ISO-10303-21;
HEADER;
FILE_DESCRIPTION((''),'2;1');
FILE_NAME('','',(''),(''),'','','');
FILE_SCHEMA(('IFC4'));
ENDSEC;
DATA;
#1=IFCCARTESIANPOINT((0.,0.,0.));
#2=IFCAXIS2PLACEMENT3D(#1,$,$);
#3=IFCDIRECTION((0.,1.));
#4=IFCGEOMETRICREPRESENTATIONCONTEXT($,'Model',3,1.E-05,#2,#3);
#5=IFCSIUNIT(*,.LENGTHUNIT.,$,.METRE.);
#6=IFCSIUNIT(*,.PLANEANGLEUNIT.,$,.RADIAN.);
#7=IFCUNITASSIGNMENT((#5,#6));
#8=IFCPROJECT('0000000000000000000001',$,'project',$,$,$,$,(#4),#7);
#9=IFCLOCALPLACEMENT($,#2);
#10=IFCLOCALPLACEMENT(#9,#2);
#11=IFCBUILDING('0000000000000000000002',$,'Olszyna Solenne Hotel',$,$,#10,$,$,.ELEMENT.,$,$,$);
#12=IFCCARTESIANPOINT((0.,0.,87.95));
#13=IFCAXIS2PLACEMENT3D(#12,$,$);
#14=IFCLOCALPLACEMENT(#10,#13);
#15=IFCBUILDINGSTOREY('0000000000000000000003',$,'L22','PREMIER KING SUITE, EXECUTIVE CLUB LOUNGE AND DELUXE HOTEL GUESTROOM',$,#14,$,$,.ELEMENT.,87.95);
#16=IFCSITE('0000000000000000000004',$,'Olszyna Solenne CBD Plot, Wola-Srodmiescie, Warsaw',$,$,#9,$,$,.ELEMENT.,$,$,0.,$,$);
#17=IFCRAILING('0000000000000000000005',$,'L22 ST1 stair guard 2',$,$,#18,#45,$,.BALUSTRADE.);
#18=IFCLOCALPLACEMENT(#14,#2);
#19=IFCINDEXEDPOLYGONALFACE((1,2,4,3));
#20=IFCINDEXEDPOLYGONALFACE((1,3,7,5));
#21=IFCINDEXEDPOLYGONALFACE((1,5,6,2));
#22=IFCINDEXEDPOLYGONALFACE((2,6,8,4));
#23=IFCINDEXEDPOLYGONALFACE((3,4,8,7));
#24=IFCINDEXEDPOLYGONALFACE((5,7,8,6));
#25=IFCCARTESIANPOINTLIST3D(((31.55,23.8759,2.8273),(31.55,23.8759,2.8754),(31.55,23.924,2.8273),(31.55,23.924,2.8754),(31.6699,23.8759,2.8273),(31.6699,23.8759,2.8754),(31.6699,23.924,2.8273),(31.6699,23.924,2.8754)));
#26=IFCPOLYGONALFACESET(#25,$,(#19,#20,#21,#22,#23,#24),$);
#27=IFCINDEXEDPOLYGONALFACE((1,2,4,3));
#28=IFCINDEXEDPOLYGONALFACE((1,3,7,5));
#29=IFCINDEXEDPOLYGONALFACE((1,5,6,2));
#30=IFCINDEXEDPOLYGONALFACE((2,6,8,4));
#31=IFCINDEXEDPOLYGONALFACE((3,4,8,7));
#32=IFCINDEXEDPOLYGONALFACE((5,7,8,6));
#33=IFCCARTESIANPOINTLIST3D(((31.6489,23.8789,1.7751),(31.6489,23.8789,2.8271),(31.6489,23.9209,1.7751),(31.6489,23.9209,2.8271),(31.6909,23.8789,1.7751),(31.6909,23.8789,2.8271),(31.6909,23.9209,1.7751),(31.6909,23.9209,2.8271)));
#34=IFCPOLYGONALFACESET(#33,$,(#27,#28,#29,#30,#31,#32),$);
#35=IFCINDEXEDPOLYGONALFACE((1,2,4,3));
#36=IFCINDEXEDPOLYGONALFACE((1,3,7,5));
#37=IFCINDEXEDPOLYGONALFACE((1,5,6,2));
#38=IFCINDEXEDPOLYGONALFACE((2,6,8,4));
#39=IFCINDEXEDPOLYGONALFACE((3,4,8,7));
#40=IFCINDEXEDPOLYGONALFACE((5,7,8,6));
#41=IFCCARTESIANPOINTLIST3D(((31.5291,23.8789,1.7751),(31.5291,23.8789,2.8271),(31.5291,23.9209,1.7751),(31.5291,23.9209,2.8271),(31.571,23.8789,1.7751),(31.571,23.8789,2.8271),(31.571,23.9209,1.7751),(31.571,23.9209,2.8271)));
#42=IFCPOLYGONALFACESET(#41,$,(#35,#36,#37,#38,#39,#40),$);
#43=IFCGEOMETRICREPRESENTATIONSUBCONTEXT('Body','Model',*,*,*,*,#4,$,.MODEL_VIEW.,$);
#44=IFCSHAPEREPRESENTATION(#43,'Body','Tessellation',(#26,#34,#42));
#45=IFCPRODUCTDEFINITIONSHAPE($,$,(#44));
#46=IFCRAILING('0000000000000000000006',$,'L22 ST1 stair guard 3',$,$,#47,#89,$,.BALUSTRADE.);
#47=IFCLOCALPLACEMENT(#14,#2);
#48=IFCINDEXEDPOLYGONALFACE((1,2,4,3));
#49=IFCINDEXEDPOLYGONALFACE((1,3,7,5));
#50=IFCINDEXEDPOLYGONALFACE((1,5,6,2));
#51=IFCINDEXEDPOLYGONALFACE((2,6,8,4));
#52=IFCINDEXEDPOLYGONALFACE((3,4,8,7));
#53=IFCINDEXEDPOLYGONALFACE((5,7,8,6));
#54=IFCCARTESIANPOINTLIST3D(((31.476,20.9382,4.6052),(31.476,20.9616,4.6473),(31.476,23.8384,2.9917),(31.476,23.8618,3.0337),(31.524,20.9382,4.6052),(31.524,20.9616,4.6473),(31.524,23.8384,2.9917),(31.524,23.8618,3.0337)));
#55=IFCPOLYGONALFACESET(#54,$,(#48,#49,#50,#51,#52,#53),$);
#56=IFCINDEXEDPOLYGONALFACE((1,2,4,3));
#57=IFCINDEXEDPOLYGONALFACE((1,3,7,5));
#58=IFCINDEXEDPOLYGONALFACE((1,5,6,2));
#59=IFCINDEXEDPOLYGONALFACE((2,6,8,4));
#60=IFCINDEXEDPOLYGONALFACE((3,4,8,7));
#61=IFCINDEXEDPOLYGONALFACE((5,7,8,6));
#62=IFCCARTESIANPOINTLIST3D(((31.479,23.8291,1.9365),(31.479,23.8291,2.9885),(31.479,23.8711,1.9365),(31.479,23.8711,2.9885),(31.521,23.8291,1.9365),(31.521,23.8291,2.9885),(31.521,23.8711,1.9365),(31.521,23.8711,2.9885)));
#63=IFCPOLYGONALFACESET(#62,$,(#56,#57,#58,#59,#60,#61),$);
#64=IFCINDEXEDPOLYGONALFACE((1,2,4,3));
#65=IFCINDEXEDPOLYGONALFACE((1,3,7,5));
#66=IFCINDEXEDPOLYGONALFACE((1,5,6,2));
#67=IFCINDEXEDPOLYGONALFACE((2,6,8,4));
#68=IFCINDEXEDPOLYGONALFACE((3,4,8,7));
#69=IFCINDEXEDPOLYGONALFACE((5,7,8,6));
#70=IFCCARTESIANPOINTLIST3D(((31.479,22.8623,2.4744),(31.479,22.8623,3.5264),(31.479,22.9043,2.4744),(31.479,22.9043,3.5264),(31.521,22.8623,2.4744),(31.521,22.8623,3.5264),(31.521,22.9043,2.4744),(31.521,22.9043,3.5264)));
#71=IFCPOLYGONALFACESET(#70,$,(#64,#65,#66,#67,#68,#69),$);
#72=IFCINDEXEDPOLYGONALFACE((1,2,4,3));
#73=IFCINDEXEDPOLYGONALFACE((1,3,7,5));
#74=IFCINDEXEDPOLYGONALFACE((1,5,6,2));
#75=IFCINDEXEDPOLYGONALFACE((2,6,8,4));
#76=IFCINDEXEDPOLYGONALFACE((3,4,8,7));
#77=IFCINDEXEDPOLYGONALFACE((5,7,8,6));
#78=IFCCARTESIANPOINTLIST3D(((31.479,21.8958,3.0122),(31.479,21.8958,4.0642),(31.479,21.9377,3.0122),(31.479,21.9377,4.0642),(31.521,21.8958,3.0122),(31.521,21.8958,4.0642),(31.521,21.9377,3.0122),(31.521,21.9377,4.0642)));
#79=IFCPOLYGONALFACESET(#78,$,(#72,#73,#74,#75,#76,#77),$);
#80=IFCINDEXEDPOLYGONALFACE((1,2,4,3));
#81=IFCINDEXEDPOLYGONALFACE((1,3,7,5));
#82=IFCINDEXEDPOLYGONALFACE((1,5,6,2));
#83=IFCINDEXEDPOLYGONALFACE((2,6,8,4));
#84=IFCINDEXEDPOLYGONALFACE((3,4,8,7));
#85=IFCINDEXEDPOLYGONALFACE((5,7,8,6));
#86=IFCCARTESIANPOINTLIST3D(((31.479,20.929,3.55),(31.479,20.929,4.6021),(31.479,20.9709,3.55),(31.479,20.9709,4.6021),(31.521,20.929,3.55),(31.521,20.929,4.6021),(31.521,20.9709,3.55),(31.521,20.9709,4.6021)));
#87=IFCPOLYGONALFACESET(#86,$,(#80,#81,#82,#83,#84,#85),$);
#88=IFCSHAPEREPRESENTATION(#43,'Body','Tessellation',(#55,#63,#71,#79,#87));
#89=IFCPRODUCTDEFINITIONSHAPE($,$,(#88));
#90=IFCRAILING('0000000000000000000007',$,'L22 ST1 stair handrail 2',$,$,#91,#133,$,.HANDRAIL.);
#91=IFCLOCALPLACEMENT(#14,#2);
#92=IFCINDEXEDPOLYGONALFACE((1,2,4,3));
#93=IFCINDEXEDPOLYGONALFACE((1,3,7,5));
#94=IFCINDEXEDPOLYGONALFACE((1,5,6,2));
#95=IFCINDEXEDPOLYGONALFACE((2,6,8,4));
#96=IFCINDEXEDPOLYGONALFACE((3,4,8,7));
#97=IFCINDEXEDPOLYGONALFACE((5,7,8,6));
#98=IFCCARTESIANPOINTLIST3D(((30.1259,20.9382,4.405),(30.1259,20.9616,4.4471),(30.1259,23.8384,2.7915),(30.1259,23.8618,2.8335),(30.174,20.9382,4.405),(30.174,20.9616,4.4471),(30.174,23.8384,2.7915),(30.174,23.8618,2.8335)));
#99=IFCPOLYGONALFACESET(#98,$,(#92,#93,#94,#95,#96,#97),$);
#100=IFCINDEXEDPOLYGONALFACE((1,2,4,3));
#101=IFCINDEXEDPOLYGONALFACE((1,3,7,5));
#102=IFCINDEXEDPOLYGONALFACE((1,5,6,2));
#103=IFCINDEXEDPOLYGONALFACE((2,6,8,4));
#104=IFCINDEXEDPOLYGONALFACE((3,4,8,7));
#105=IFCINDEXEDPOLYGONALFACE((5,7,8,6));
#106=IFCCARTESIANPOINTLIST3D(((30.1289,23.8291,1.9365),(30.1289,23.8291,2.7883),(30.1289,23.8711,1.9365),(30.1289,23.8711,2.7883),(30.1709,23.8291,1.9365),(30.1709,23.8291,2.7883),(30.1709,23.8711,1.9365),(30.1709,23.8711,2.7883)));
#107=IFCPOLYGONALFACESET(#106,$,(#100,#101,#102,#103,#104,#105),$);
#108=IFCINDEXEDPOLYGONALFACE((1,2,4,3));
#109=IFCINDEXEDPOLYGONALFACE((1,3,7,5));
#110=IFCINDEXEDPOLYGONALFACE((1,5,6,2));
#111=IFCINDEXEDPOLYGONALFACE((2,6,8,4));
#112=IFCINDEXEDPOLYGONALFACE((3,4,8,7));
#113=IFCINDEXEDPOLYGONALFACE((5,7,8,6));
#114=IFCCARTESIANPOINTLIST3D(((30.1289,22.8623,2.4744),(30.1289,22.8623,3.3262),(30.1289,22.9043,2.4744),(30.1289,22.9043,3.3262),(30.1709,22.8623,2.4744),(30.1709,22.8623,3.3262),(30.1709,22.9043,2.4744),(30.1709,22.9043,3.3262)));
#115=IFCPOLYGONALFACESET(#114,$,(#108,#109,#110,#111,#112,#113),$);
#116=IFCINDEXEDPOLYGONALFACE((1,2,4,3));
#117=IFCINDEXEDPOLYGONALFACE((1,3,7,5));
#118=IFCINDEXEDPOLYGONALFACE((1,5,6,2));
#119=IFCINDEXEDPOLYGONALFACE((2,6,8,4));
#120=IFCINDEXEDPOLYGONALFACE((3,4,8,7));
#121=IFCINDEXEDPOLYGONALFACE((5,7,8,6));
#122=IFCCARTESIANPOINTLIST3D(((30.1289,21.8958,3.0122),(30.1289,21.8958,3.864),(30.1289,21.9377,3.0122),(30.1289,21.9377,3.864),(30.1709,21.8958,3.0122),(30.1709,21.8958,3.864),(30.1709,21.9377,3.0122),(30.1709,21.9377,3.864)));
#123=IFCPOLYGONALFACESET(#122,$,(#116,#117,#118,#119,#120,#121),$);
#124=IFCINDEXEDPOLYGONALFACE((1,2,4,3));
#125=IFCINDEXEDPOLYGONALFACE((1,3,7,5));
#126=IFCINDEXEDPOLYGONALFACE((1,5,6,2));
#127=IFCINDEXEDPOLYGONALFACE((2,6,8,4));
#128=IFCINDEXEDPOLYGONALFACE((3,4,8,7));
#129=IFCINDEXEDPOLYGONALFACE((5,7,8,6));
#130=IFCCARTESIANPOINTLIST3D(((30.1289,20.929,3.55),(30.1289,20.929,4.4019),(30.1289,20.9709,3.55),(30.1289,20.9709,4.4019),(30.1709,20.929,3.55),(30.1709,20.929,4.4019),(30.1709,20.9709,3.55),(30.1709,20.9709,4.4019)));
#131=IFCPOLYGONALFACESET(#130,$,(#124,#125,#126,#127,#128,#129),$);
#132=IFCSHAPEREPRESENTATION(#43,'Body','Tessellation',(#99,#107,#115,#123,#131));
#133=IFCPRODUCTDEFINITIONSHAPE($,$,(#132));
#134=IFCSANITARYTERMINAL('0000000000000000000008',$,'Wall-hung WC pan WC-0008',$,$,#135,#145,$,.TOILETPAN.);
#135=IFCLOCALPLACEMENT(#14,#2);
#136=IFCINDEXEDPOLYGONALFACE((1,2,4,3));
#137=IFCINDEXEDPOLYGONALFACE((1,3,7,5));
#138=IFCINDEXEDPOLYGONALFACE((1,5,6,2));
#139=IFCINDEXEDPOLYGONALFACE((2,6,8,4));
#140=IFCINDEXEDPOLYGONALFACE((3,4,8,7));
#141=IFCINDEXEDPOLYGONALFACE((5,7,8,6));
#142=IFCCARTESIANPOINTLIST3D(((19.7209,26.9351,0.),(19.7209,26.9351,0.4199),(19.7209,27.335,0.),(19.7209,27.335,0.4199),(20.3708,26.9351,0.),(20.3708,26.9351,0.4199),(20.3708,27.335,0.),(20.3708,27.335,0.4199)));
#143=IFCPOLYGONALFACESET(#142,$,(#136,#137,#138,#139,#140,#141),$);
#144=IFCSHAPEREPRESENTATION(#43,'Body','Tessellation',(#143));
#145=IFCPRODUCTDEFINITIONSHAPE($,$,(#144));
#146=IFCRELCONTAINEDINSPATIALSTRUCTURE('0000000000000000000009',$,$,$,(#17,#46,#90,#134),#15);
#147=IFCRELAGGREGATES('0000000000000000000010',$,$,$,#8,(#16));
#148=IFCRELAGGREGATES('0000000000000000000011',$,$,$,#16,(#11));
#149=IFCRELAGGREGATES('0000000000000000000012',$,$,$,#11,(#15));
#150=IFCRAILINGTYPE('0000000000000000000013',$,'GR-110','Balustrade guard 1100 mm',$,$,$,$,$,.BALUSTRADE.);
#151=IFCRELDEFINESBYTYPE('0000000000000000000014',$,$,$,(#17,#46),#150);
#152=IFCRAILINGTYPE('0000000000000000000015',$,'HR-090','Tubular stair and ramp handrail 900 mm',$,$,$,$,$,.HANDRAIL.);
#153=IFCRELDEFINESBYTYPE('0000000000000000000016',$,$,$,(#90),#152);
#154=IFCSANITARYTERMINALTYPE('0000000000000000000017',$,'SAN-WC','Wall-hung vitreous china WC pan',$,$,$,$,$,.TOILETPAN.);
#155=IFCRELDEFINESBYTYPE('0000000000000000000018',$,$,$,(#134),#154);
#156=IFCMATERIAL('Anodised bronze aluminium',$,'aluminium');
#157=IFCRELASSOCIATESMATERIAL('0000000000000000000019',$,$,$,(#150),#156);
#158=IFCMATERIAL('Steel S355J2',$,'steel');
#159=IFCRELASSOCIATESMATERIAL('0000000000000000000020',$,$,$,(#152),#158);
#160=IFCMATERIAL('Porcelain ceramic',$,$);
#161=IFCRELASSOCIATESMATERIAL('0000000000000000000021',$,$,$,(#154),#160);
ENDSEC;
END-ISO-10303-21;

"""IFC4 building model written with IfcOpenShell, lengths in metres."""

from ifc_helpers import new_model, si_unit, direction, frame, origin, origin_2d, place, context, subcontext, project, spatial, rectangle, extrude, source, transform, mapped, material, type_object, element, save


model = new_model("IFC4")

# Units and contexts
model_context = context("Model", 3, precision=1e-05, world=origin(), true_north=direction((0.0, 1.0)))
body_context = subcontext(model_context, "Body", "Model", "MODEL_VIEW")
ifc_project = project(units=[si_unit("LENGTHUNIT", "METRE"), si_unit("PLANEANGLEUNIT", "RADIAN")], contexts=[model_context])

# Site, building, storey
site_placement = place(None, origin())
site = spatial("IfcSite", under=ifc_project, at=site_placement, Name="Olszyna Solenne CBD Plot, Wola-Srodmiescie, Warsaw", CompositionType="ELEMENT", RefElevation=0.0)
building_placement = place(site_placement, origin())
building = spatial("IfcBuilding", under=site, at=building_placement, Name="Olszyna Solenne Hotel", CompositionType="ELEMENT")
storey_placement = place(building_placement, frame((0.0, 0.0, 87.95)))
storey = spatial("IfcBuildingStorey", under=building, at=storey_placement, Name="L22", Description="PREMIER KING SUITE, EXECUTIVE CLUB LOUNGE AND DELUXE HOTEL GUESTROOM", CompositionType="ELEMENT", Elevation=87.95)

# Shared definitions
ifc_material_1 = material(Name="Steel S355J2", Category="steel")

# Shared definitions
ifc_material_2 = material(Name="Anodised bronze aluminium", Category="aluminium")

# Railings
railing_type_1 = type_object("IfcRailingType", Name="GR-110", Description="Balustrade guard 1100 mm", PredefinedType="BALUSTRADE", material=ifc_material_2)
railing_1_placement = place(storey_placement, frame((31.6699, 23.8999, 1.7751)))
element("IfcRailing", 1, at=railing_1_placement, inside=storey, type_object=railing_type_1, Name="L22 ST1 stair guard 2", PredefinedType="BALUSTRADE", context=body_context, shape_type="SweptSolid", body=[
    extrude(rectangle(XDim=0.0481, YDim=0.0481, at=origin_2d()), frame((0.0, 0.0, 1.0762), z_axis=(-1.0, 0.0, 0.0), x_axis=(0.0, -1.0, 0.0)), (0.0, 0.0, 1.0), 0.1199),
    extrude(rectangle(XDim=0.042, YDim=0.042, at=origin_2d()), origin(), (0.0, 0.0, 1.0), 1.052),
    extrude(rectangle(XDim=0.042, YDim=0.042, at=origin_2d()), frame((-0.1199, 0.0, 0.0)), (0.0, 0.0, 1.0), 1.052),
])
railing_2_placement = place(storey_placement, frame((31.5, 23.8501, 1.9365)))
element("IfcRailing", 2, at=railing_2_placement, inside=storey, type_object=railing_type_1, Name="L22 ST1 stair guard 3", PredefinedType="BALUSTRADE", context=body_context, shape_type="SweptSolid", body=[
    extrude(rectangle(XDim=0.0481, YDim=0.0481, at=origin_2d()), frame((0.0, 0.0, 1.0762), z_axis=(0.0, -0.873859, 0.48618), x_axis=(1.0, 0.0, 0.0)), (0.0, 0.0, 1.0), 3.3188),
    extrude(rectangle(XDim=0.042, YDim=0.042, at=origin_2d()), origin(), (0.0, 0.0, 1.0), 1.052),
    extrude(rectangle(XDim=0.042, YDim=0.042, at=origin_2d()), frame((0.0, -0.9668, 0.5378)), (0.0, 0.0, 1.0), 1.052),
    extrude(rectangle(XDim=0.042, YDim=0.042, at=origin_2d()), frame((0.0, -1.9333, 1.0757)), (0.0, 0.0, 1.0), 1.052),
    extrude(rectangle(XDim=0.042, YDim=0.042, at=origin_2d()), frame((0.0, -2.9001, 1.6135)), (0.0, 0.0, 1.0), 1.052),
])
railing_type_2 = type_object("IfcRailingType", Name="HR-090", Description="Tubular stair and ramp handrail 900 mm", PredefinedType="HANDRAIL", material=ifc_material_1)
railing_3_placement = place(storey_placement, frame((30.1499, 23.8501, 1.9365)))
element("IfcRailing", 3, at=railing_3_placement, inside=storey, type_object=railing_type_2, Name="L22 ST1 stair handrail 2", PredefinedType="HANDRAIL", context=body_context, shape_type="SweptSolid", body=[
    extrude(rectangle(XDim=0.0481, YDim=0.0481, at=origin_2d()), frame((0.0, 0.0, 0.876), z_axis=(0.0, -0.873859, 0.48618), x_axis=(1.0, 0.0, 0.0)), (0.0, 0.0, 1.0), 3.3188),
    extrude(rectangle(XDim=0.042, YDim=0.042, at=origin_2d()), origin(), (0.0, 0.0, 1.0), 0.8518),
    extrude(rectangle(XDim=0.042, YDim=0.042, at=origin_2d()), frame((0.0, -0.9668, 0.5378)), (0.0, 0.0, 1.0), 0.8518),
    extrude(rectangle(XDim=0.042, YDim=0.042, at=origin_2d()), frame((0.0, -1.9333, 1.0757)), (0.0, 0.0, 1.0), 0.8518),
    extrude(rectangle(XDim=0.042, YDim=0.042, at=origin_2d()), frame((0.0, -2.9001, 1.6135)), (0.0, 0.0, 1.0), 0.8518),
])

# Sanitary terminal
ifc_material_3 = material(Name="Porcelain ceramic")
sanitary_terminal_type = type_object("IfcSanitaryTerminalType", Name="SAN-WC", Description="Wall-hung vitreous china WC pan", PredefinedType="TOILETPAN", material=ifc_material_3)
shared_shape_1 = source(origin(), body_context, "Body", "SweptSolid", [
    extrude(rectangle(XDim=0.6499, YDim=0.3999, at=origin_2d()), origin(), (0.0, 0.0, 1.0), 0.4199),
])
sanitary_terminal_placement = place(storey_placement, frame((20.0459, 27.135, 0.0), z_axis=(0.0, 0.0, 1.0), x_axis=(1.0, 0.0, 0.0)))
element("IfcSanitaryTerminal", 4, at=sanitary_terminal_placement, inside=storey, type_object=sanitary_terminal_type, Name="Wall-hung WC pan WC-0008", PredefinedType="TOILETPAN", context=body_context, shape_type="MappedRepresentation", body=[
    mapped(shared_shape_1, transform((0.0, 0.0, 0.0), x_axis=(1.0, 0.0, 0.0), y_axis=(0.0, 1.0, 0.0), z_axis=(0.0, 0.0, 1.0), scale=1.0)),
])

save(model, "model.ifc")
